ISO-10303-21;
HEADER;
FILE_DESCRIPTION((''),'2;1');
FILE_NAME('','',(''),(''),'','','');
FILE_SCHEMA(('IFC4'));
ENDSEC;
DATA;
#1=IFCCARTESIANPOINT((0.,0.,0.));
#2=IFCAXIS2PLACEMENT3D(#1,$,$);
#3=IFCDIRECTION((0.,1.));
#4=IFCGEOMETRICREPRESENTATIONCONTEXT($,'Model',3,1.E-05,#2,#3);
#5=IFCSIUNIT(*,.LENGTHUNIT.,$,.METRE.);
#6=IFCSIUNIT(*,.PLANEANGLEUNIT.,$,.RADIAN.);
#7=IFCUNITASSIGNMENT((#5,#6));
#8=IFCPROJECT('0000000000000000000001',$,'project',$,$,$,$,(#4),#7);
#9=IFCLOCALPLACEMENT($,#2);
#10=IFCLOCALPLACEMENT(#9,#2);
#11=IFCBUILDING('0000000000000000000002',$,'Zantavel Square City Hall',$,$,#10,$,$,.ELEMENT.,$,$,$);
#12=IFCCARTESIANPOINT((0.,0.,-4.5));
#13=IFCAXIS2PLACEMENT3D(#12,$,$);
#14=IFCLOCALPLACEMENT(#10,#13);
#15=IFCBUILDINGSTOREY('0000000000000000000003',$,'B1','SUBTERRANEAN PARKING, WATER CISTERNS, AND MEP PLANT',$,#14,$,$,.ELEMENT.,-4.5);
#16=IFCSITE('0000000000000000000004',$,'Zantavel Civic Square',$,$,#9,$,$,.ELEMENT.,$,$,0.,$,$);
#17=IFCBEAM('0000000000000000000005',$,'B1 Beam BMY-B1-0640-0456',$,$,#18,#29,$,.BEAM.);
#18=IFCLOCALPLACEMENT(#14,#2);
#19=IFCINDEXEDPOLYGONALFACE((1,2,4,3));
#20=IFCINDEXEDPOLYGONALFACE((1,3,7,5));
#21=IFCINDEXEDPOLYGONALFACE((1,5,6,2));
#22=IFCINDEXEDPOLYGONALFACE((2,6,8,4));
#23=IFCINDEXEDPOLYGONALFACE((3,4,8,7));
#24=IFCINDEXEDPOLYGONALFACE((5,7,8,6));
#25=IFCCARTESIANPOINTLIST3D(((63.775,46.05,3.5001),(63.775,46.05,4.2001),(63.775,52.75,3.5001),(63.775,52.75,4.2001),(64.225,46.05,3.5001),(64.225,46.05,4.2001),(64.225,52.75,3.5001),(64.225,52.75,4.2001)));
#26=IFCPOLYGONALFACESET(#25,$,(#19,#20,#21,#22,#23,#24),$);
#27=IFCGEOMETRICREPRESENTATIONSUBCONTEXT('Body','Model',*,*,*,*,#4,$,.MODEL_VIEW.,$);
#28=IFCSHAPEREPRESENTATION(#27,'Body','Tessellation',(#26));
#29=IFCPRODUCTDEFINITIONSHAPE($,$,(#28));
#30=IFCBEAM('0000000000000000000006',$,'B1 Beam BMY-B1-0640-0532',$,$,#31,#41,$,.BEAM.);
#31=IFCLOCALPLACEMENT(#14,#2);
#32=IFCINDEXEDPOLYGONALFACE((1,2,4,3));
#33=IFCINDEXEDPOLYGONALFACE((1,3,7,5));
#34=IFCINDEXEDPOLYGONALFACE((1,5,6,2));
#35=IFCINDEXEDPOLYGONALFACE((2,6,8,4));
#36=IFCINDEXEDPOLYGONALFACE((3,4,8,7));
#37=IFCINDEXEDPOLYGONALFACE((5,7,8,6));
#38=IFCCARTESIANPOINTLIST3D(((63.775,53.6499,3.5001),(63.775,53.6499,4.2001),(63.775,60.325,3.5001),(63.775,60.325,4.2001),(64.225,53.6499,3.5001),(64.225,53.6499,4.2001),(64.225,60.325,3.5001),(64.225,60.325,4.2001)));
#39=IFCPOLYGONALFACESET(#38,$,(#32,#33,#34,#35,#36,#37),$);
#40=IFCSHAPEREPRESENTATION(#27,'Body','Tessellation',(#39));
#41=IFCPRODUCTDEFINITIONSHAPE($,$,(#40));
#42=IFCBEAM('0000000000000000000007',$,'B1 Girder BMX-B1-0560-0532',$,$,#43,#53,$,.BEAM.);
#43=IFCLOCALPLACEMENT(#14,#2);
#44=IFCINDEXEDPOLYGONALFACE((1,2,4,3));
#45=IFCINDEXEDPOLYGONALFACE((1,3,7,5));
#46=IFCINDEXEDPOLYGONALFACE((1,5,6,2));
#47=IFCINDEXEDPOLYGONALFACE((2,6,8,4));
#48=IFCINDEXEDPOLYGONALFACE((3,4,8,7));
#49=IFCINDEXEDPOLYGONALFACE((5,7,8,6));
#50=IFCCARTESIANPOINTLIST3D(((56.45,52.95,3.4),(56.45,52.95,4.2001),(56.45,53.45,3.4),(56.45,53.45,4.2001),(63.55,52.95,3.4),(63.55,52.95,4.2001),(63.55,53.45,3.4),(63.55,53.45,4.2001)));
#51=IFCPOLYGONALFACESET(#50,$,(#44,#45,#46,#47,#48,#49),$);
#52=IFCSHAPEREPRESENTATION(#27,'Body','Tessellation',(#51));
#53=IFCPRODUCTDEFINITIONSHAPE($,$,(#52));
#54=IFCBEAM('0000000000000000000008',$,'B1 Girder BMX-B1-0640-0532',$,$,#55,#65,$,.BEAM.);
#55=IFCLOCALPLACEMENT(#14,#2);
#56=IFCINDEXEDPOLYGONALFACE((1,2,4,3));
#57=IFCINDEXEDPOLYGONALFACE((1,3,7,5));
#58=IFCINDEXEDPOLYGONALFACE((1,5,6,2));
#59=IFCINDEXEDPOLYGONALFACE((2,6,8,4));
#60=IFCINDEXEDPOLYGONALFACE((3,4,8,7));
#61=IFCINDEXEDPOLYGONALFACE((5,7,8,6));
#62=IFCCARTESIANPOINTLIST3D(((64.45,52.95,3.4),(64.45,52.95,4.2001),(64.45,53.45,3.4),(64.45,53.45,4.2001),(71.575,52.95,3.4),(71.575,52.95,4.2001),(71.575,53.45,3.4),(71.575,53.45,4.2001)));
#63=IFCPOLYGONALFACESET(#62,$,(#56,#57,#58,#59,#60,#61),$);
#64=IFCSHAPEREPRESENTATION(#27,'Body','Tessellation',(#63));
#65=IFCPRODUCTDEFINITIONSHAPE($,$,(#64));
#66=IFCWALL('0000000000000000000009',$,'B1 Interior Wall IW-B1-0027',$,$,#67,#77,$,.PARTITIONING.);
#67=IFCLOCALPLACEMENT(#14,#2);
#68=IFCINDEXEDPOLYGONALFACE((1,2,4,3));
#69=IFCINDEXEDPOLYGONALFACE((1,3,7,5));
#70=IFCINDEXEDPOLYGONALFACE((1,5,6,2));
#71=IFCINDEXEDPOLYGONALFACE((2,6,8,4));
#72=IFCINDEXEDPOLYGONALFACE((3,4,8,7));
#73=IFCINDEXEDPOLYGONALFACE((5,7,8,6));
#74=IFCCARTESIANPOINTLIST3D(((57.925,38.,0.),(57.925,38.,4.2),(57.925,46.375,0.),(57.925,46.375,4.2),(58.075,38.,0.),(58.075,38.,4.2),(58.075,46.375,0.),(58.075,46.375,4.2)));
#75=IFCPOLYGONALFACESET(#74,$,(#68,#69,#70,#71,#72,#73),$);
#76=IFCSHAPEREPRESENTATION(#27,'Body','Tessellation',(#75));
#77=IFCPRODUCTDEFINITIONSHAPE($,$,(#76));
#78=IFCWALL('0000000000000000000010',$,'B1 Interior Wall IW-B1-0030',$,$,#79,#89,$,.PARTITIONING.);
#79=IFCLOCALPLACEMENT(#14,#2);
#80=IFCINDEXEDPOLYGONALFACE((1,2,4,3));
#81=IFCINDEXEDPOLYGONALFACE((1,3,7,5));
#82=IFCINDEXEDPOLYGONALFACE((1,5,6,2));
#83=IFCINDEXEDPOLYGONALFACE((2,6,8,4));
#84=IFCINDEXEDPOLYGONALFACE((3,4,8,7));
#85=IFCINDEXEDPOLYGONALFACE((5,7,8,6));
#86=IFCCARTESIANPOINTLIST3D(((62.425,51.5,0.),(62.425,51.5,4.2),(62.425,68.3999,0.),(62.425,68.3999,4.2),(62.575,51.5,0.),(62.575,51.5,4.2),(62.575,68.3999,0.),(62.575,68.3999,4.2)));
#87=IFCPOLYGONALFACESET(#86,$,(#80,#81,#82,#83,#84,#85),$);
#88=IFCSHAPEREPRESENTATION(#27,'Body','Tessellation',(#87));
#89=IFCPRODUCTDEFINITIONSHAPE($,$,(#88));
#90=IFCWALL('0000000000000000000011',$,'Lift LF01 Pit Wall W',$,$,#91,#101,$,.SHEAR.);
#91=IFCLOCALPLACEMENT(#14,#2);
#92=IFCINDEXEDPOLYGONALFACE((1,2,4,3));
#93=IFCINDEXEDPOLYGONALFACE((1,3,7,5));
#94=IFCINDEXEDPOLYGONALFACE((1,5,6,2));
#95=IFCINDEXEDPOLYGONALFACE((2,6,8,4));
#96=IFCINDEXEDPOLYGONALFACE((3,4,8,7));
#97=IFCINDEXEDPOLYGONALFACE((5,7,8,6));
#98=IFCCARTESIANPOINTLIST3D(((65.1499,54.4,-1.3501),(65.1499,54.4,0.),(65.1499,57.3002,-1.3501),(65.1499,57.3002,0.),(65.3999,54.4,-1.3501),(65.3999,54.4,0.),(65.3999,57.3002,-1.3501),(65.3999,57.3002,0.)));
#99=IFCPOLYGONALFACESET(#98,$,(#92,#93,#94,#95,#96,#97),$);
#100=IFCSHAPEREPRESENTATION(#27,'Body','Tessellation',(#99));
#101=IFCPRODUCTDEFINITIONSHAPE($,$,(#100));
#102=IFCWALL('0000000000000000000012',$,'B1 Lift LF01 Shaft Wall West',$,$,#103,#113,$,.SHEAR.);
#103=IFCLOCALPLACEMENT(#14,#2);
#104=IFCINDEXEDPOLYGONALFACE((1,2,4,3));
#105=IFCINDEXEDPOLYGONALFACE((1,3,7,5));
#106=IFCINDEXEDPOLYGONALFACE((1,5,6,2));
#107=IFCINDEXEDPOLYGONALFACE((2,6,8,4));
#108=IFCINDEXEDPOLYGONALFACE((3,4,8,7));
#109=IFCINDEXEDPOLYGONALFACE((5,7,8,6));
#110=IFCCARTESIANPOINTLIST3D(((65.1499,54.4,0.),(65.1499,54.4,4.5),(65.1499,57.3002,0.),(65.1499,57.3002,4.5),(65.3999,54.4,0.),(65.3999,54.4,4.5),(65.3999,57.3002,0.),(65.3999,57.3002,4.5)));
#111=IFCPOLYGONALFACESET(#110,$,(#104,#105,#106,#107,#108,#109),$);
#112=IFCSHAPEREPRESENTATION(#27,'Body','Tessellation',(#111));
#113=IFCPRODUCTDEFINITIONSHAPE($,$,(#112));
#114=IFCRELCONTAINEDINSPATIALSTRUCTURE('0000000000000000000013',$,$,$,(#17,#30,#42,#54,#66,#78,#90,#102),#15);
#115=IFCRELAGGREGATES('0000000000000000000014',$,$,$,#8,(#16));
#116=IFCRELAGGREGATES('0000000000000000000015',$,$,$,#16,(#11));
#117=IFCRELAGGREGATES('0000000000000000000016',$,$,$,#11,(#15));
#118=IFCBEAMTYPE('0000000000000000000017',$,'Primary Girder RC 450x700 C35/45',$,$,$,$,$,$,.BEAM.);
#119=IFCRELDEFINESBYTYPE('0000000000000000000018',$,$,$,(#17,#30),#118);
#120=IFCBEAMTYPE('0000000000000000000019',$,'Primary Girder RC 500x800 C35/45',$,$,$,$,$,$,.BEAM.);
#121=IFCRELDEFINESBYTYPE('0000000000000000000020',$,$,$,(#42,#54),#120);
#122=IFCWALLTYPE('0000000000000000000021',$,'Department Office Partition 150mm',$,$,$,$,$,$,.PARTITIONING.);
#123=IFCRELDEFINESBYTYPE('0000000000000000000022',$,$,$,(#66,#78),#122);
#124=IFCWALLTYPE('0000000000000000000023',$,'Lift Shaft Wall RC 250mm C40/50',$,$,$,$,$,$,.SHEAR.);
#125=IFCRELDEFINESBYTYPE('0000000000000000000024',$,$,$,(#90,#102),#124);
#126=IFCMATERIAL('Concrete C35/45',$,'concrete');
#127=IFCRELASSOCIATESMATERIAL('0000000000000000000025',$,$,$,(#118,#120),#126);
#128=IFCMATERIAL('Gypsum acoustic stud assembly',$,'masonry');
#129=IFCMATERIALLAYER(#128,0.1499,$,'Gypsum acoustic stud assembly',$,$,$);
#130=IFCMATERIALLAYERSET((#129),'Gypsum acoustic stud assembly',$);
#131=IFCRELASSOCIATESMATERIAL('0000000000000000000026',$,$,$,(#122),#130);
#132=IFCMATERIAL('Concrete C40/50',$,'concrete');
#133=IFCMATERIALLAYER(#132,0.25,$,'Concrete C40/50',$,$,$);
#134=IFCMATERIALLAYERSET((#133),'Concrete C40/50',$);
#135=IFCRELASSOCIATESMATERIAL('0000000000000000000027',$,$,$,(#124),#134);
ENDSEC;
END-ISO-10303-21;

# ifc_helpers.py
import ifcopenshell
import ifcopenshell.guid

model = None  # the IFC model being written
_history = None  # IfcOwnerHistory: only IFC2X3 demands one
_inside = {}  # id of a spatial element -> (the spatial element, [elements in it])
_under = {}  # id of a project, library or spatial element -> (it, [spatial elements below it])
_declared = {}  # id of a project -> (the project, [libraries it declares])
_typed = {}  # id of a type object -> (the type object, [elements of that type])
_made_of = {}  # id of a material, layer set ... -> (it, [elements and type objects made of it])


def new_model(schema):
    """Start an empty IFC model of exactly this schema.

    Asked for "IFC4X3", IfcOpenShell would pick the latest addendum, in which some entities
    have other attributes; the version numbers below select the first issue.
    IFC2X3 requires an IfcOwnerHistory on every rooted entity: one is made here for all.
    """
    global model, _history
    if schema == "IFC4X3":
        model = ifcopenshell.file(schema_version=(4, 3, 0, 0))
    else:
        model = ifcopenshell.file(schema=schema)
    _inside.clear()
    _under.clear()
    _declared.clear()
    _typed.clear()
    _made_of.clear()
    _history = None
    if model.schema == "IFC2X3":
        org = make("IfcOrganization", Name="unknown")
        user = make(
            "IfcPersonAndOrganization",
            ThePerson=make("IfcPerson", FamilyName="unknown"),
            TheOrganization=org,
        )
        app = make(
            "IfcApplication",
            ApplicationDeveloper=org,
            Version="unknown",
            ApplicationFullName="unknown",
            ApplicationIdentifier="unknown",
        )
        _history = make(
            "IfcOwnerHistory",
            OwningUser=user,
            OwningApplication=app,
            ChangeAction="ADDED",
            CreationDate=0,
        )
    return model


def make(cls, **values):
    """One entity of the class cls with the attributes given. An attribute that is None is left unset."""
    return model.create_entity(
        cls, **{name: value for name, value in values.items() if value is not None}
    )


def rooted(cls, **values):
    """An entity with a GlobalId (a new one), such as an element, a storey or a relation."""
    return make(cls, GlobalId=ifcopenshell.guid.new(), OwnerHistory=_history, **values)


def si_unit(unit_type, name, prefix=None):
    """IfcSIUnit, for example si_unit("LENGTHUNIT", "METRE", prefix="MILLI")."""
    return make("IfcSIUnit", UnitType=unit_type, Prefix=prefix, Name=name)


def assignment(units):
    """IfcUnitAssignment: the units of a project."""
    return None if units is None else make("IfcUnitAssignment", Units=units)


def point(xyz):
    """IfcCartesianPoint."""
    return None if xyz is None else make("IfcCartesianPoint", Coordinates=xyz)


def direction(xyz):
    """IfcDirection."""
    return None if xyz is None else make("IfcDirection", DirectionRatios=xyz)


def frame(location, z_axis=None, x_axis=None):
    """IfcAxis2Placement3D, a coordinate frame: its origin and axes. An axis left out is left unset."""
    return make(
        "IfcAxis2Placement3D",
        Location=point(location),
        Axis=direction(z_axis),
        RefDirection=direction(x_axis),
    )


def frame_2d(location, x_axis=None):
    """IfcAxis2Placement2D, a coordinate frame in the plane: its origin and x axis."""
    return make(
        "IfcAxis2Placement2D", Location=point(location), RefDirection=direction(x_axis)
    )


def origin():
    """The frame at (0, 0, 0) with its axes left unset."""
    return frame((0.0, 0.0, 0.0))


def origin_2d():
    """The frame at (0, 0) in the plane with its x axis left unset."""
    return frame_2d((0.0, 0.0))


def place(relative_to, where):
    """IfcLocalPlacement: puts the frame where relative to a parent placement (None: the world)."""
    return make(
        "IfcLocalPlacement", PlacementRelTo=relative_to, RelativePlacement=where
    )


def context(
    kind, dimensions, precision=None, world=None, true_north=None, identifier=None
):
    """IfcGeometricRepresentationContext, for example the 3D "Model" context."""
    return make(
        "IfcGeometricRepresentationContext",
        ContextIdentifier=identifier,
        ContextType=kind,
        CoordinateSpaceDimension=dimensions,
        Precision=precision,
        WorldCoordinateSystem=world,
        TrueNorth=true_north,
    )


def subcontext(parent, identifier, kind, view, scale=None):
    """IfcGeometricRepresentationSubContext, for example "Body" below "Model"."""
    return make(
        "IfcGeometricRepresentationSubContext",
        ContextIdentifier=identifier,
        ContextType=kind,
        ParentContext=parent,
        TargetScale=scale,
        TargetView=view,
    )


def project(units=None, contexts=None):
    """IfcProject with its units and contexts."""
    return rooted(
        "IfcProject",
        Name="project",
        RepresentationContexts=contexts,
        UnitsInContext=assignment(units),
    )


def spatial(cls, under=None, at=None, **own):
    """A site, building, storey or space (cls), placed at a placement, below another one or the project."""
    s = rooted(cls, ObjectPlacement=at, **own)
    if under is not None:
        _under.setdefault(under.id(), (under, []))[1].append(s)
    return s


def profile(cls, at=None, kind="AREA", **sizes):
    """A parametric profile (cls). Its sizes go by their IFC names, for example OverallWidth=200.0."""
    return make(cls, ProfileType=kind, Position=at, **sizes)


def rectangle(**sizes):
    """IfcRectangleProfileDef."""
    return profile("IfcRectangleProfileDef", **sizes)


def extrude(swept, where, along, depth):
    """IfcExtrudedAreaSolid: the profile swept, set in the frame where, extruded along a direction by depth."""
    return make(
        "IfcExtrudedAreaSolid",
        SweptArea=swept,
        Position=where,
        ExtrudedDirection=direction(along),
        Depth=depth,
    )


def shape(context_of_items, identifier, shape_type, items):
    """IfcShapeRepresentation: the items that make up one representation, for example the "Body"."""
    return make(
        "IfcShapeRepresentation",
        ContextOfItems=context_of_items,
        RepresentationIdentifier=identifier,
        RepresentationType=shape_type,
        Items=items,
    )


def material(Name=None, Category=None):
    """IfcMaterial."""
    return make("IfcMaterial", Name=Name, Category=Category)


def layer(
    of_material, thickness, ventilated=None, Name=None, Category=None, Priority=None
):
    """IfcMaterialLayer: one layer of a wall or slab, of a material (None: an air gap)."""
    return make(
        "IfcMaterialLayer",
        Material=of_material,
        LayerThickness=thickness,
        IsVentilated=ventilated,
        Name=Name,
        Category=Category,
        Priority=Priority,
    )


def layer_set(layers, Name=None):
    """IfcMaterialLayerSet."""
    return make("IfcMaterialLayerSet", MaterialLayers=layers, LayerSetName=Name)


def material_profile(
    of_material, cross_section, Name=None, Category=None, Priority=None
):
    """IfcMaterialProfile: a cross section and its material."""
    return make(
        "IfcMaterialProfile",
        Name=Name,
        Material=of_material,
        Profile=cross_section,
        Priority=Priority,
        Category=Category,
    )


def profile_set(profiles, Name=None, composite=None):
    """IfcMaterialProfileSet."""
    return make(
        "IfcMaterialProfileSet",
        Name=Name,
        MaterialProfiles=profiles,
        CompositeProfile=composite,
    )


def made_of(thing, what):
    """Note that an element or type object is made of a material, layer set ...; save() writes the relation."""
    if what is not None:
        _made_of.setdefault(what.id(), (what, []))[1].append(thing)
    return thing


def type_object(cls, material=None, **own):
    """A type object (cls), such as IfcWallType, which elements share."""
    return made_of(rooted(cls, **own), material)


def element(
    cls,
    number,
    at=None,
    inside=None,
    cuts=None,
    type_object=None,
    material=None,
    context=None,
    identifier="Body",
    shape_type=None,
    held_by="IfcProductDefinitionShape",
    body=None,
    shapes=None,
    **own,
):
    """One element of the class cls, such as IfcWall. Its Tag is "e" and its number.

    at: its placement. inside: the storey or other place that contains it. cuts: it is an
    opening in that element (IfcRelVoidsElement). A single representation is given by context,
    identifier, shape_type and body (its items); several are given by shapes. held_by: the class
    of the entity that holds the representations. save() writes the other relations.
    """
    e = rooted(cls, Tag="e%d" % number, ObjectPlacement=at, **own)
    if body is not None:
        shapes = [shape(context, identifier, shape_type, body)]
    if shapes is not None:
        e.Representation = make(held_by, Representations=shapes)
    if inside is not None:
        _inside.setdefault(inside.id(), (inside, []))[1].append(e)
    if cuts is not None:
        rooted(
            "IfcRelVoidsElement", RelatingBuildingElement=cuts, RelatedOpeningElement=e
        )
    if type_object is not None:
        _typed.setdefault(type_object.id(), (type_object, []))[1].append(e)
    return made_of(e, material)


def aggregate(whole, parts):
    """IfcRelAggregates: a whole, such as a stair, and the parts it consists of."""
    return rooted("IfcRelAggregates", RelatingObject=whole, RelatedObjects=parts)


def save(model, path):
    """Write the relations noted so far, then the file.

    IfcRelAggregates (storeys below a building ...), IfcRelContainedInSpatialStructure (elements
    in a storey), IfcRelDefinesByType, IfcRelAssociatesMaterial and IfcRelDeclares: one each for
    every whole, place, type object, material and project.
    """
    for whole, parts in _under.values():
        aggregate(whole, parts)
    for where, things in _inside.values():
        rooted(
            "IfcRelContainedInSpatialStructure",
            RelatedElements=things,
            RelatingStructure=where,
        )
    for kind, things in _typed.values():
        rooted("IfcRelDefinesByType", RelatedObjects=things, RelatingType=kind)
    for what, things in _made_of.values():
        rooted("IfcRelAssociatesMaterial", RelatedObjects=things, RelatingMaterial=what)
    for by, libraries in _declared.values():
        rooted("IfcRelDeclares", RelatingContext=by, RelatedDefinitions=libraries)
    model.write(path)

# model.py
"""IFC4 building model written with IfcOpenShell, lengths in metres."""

from ifc_helpers import new_model, si_unit, direction, frame, frame_2d, origin, origin_2d, place, context, subcontext, project, spatial, rectangle, extrude, material, layer, layer_set, material_profile, profile_set, type_object, element, save


model = new_model("IFC4")

# Units and contexts
model_context = context("Model", 3, precision=1e-05, world=origin(), true_north=direction((0.0, 1.0)))
body_context = subcontext(model_context, "Body", "Model", "MODEL_VIEW")
ifc_project = project(units=[si_unit("LENGTHUNIT", "METRE"), si_unit("PLANEANGLEUNIT", "RADIAN")], contexts=[model_context])

# Site, building, storey
site_placement = place(None, origin())
site = spatial("IfcSite", under=ifc_project, at=site_placement, Name="Zantavel Civic Square", CompositionType="ELEMENT", RefElevation=0.0)
building_placement = place(site_placement, origin())
building = spatial("IfcBuilding", under=site, at=building_placement, Name="Zantavel Square City Hall", CompositionType="ELEMENT")
storey_placement = place(building_placement, frame((0.0, 0.0, -4.5)))
storey = spatial("IfcBuildingStorey", under=building, at=storey_placement, Name="B1", Description="SUBTERRANEAN PARKING, WATER CISTERNS, AND MEP PLANT", CompositionType="ELEMENT", Elevation=-4.5)

# Shared definitions
ifc_material_1 = material(Name="Concrete C35/45", Category="concrete")

# Shared definitions
ifc_material_2 = material(Name="Concrete C40/50", Category="concrete")

# Beams
ifc_material_profile_1 = material_profile(ifc_material_1, rectangle(XDim=0.45, YDim=0.7, at=origin_2d()), Name="RC 450x700")
ifc_profile_set_1 = profile_set([ifc_material_profile_1], Name="Concrete C35/45")
beam_type_1 = type_object("IfcBeamType", Name="Primary Girder RC 450x700 C35/45", PredefinedType="BEAM", material=ifc_profile_set_1)
beam_1_placement = place(storey_placement, frame((64.0, 46.05, 3.8501), z_axis=(0.0, 1.0, 0.0), x_axis=(-1.0, 0.0, 0.0)))
element("IfcBeam", 1, at=beam_1_placement, inside=storey, type_object=beam_type_1, Name="B1 Beam BMY-B1-0640-0456", PredefinedType="BEAM", context=body_context, shape_type="SweptSolid", body=[
    extrude(rectangle(XDim=0.45, YDim=0.7, at=origin_2d()), origin(), (0.0, 0.0, 1.0), 6.7),
])
beam_2_placement = place(storey_placement, frame((64.0, 53.6499, 3.8501), z_axis=(0.0, 1.0, 0.0), x_axis=(-1.0, 0.0, 0.0)))
element("IfcBeam", 2, at=beam_2_placement, inside=storey, type_object=beam_type_1, Name="B1 Beam BMY-B1-0640-0532", PredefinedType="BEAM", context=body_context, shape_type="SweptSolid", body=[
    extrude(rectangle(XDim=0.45, YDim=0.7, at=origin_2d()), origin(), (0.0, 0.0, 1.0), 6.675),
])
ifc_material_profile_2 = material_profile(ifc_material_1, rectangle(XDim=0.5, YDim=0.8, at=origin_2d()), Name="RC 500x800")
ifc_profile_set_2 = profile_set([ifc_material_profile_2], Name="Concrete C35/45")
beam_type_2 = type_object("IfcBeamType", Name="Primary Girder RC 500x800 C35/45", PredefinedType="BEAM", material=ifc_profile_set_2)
beam_3_placement = place(storey_placement, frame((56.45, 53.2, 3.8), z_axis=(1.0, 0.0, 0.0), x_axis=(0.0, 1.0, 0.0)))
element("IfcBeam", 3, at=beam_3_placement, inside=storey, type_object=beam_type_2, Name="B1 Girder BMX-B1-0560-0532", PredefinedType="BEAM", context=body_context, shape_type="SweptSolid", body=[
    extrude(rectangle(XDim=0.5, YDim=0.8, at=origin_2d()), origin(), (0.0, 0.0, 1.0), 7.1001),
])
beam_4_placement = place(storey_placement, frame((64.45, 53.2, 3.8), z_axis=(1.0, 0.0, 0.0), x_axis=(0.0, 1.0, 0.0)))
element("IfcBeam", 4, at=beam_4_placement, inside=storey, type_object=beam_type_2, Name="B1 Girder BMX-B1-0640-0532", PredefinedType="BEAM", context=body_context, shape_type="SweptSolid", body=[
    extrude(rectangle(XDim=0.5, YDim=0.8, at=origin_2d()), origin(), (0.0, 0.0, 1.0), 7.125),
])

# Walls
ifc_material_3 = material(Name="Gypsum acoustic stud assembly", Category="masonry")
ifc_layer_1 = layer(ifc_material_3, 0.1499, Name="Gypsum acoustic stud assembly")
ifc_layer_set_1 = layer_set([ifc_layer_1], Name="Gypsum acoustic stud assembly")
wall_type_1 = type_object("IfcWallType", Name="Department Office Partition 150mm", PredefinedType="PARTITIONING", material=ifc_layer_set_1)
wall_1_placement = place(storey_placement, frame((58.0, 46.375, 0.0), z_axis=(0.0, 0.0, 1.0), x_axis=(0.0, -1.0, 0.0)))
element("IfcWall", 5, at=wall_1_placement, inside=storey, type_object=wall_type_1, Name="B1 Interior Wall IW-B1-0027", PredefinedType="PARTITIONING", context=body_context, shape_type="SweptSolid", body=[
    extrude(rectangle(XDim=8.375, YDim=0.1499, at=frame_2d((4.1875, 0.0))), origin(), (0.0, 0.0, 1.0), 4.2),
])
wall_2_placement = place(storey_placement, frame((62.5, 51.5, 0.0), z_axis=(0.0, 0.0, 1.0), x_axis=(0.0, 1.0, 0.0)))
element("IfcWall", 6, at=wall_2_placement, inside=storey, type_object=wall_type_1, Name="B1 Interior Wall IW-B1-0030", PredefinedType="PARTITIONING", context=body_context, shape_type="SweptSolid", body=[
    extrude(rectangle(XDim=16.8999, YDim=0.1499, at=frame_2d((8.45, 0.0))), origin(), (0.0, 0.0, 1.0), 4.2),
])
ifc_layer_2 = layer(ifc_material_2, 0.25, Name="Concrete C40/50")
ifc_layer_set_2 = layer_set([ifc_layer_2], Name="Concrete C40/50")
wall_type_2 = type_object("IfcWallType", Name="Lift Shaft Wall RC 250mm C40/50", PredefinedType="SHEAR", material=ifc_layer_set_2)
wall_3_placement = place(storey_placement, frame((65.2749, 54.3999, -1.3501), z_axis=(0.0, 0.0, 1.0), x_axis=(0.0, 1.0, 0.0)))
element("IfcWall", 7, at=wall_3_placement, inside=storey, type_object=wall_type_2, Name="Lift LF01 Pit Wall W", PredefinedType="SHEAR", context=body_context, shape_type="SweptSolid", body=[
    extrude(rectangle(XDim=2.9001, YDim=0.25, at=frame_2d((1.4502, 0.0))), origin(), (0.0, 0.0, 1.0), 1.3501),
])
wall_4_placement = place(storey_placement, frame((65.2749, 54.3999, 0.0), z_axis=(0.0, 0.0, 1.0), x_axis=(0.0, 1.0, 0.0)))
element("IfcWall", 8, at=wall_4_placement, inside=storey, type_object=wall_type_2, Name="B1 Lift LF01 Shaft Wall West", PredefinedType="SHEAR", context=body_context, shape_type="SweptSolid", body=[
    extrude(rectangle(XDim=2.9001, YDim=0.25, at=frame_2d((1.4502, 0.0))), origin(), (0.0, 0.0, 1.0), 4.5),
])

save(model, "model.ifc")
